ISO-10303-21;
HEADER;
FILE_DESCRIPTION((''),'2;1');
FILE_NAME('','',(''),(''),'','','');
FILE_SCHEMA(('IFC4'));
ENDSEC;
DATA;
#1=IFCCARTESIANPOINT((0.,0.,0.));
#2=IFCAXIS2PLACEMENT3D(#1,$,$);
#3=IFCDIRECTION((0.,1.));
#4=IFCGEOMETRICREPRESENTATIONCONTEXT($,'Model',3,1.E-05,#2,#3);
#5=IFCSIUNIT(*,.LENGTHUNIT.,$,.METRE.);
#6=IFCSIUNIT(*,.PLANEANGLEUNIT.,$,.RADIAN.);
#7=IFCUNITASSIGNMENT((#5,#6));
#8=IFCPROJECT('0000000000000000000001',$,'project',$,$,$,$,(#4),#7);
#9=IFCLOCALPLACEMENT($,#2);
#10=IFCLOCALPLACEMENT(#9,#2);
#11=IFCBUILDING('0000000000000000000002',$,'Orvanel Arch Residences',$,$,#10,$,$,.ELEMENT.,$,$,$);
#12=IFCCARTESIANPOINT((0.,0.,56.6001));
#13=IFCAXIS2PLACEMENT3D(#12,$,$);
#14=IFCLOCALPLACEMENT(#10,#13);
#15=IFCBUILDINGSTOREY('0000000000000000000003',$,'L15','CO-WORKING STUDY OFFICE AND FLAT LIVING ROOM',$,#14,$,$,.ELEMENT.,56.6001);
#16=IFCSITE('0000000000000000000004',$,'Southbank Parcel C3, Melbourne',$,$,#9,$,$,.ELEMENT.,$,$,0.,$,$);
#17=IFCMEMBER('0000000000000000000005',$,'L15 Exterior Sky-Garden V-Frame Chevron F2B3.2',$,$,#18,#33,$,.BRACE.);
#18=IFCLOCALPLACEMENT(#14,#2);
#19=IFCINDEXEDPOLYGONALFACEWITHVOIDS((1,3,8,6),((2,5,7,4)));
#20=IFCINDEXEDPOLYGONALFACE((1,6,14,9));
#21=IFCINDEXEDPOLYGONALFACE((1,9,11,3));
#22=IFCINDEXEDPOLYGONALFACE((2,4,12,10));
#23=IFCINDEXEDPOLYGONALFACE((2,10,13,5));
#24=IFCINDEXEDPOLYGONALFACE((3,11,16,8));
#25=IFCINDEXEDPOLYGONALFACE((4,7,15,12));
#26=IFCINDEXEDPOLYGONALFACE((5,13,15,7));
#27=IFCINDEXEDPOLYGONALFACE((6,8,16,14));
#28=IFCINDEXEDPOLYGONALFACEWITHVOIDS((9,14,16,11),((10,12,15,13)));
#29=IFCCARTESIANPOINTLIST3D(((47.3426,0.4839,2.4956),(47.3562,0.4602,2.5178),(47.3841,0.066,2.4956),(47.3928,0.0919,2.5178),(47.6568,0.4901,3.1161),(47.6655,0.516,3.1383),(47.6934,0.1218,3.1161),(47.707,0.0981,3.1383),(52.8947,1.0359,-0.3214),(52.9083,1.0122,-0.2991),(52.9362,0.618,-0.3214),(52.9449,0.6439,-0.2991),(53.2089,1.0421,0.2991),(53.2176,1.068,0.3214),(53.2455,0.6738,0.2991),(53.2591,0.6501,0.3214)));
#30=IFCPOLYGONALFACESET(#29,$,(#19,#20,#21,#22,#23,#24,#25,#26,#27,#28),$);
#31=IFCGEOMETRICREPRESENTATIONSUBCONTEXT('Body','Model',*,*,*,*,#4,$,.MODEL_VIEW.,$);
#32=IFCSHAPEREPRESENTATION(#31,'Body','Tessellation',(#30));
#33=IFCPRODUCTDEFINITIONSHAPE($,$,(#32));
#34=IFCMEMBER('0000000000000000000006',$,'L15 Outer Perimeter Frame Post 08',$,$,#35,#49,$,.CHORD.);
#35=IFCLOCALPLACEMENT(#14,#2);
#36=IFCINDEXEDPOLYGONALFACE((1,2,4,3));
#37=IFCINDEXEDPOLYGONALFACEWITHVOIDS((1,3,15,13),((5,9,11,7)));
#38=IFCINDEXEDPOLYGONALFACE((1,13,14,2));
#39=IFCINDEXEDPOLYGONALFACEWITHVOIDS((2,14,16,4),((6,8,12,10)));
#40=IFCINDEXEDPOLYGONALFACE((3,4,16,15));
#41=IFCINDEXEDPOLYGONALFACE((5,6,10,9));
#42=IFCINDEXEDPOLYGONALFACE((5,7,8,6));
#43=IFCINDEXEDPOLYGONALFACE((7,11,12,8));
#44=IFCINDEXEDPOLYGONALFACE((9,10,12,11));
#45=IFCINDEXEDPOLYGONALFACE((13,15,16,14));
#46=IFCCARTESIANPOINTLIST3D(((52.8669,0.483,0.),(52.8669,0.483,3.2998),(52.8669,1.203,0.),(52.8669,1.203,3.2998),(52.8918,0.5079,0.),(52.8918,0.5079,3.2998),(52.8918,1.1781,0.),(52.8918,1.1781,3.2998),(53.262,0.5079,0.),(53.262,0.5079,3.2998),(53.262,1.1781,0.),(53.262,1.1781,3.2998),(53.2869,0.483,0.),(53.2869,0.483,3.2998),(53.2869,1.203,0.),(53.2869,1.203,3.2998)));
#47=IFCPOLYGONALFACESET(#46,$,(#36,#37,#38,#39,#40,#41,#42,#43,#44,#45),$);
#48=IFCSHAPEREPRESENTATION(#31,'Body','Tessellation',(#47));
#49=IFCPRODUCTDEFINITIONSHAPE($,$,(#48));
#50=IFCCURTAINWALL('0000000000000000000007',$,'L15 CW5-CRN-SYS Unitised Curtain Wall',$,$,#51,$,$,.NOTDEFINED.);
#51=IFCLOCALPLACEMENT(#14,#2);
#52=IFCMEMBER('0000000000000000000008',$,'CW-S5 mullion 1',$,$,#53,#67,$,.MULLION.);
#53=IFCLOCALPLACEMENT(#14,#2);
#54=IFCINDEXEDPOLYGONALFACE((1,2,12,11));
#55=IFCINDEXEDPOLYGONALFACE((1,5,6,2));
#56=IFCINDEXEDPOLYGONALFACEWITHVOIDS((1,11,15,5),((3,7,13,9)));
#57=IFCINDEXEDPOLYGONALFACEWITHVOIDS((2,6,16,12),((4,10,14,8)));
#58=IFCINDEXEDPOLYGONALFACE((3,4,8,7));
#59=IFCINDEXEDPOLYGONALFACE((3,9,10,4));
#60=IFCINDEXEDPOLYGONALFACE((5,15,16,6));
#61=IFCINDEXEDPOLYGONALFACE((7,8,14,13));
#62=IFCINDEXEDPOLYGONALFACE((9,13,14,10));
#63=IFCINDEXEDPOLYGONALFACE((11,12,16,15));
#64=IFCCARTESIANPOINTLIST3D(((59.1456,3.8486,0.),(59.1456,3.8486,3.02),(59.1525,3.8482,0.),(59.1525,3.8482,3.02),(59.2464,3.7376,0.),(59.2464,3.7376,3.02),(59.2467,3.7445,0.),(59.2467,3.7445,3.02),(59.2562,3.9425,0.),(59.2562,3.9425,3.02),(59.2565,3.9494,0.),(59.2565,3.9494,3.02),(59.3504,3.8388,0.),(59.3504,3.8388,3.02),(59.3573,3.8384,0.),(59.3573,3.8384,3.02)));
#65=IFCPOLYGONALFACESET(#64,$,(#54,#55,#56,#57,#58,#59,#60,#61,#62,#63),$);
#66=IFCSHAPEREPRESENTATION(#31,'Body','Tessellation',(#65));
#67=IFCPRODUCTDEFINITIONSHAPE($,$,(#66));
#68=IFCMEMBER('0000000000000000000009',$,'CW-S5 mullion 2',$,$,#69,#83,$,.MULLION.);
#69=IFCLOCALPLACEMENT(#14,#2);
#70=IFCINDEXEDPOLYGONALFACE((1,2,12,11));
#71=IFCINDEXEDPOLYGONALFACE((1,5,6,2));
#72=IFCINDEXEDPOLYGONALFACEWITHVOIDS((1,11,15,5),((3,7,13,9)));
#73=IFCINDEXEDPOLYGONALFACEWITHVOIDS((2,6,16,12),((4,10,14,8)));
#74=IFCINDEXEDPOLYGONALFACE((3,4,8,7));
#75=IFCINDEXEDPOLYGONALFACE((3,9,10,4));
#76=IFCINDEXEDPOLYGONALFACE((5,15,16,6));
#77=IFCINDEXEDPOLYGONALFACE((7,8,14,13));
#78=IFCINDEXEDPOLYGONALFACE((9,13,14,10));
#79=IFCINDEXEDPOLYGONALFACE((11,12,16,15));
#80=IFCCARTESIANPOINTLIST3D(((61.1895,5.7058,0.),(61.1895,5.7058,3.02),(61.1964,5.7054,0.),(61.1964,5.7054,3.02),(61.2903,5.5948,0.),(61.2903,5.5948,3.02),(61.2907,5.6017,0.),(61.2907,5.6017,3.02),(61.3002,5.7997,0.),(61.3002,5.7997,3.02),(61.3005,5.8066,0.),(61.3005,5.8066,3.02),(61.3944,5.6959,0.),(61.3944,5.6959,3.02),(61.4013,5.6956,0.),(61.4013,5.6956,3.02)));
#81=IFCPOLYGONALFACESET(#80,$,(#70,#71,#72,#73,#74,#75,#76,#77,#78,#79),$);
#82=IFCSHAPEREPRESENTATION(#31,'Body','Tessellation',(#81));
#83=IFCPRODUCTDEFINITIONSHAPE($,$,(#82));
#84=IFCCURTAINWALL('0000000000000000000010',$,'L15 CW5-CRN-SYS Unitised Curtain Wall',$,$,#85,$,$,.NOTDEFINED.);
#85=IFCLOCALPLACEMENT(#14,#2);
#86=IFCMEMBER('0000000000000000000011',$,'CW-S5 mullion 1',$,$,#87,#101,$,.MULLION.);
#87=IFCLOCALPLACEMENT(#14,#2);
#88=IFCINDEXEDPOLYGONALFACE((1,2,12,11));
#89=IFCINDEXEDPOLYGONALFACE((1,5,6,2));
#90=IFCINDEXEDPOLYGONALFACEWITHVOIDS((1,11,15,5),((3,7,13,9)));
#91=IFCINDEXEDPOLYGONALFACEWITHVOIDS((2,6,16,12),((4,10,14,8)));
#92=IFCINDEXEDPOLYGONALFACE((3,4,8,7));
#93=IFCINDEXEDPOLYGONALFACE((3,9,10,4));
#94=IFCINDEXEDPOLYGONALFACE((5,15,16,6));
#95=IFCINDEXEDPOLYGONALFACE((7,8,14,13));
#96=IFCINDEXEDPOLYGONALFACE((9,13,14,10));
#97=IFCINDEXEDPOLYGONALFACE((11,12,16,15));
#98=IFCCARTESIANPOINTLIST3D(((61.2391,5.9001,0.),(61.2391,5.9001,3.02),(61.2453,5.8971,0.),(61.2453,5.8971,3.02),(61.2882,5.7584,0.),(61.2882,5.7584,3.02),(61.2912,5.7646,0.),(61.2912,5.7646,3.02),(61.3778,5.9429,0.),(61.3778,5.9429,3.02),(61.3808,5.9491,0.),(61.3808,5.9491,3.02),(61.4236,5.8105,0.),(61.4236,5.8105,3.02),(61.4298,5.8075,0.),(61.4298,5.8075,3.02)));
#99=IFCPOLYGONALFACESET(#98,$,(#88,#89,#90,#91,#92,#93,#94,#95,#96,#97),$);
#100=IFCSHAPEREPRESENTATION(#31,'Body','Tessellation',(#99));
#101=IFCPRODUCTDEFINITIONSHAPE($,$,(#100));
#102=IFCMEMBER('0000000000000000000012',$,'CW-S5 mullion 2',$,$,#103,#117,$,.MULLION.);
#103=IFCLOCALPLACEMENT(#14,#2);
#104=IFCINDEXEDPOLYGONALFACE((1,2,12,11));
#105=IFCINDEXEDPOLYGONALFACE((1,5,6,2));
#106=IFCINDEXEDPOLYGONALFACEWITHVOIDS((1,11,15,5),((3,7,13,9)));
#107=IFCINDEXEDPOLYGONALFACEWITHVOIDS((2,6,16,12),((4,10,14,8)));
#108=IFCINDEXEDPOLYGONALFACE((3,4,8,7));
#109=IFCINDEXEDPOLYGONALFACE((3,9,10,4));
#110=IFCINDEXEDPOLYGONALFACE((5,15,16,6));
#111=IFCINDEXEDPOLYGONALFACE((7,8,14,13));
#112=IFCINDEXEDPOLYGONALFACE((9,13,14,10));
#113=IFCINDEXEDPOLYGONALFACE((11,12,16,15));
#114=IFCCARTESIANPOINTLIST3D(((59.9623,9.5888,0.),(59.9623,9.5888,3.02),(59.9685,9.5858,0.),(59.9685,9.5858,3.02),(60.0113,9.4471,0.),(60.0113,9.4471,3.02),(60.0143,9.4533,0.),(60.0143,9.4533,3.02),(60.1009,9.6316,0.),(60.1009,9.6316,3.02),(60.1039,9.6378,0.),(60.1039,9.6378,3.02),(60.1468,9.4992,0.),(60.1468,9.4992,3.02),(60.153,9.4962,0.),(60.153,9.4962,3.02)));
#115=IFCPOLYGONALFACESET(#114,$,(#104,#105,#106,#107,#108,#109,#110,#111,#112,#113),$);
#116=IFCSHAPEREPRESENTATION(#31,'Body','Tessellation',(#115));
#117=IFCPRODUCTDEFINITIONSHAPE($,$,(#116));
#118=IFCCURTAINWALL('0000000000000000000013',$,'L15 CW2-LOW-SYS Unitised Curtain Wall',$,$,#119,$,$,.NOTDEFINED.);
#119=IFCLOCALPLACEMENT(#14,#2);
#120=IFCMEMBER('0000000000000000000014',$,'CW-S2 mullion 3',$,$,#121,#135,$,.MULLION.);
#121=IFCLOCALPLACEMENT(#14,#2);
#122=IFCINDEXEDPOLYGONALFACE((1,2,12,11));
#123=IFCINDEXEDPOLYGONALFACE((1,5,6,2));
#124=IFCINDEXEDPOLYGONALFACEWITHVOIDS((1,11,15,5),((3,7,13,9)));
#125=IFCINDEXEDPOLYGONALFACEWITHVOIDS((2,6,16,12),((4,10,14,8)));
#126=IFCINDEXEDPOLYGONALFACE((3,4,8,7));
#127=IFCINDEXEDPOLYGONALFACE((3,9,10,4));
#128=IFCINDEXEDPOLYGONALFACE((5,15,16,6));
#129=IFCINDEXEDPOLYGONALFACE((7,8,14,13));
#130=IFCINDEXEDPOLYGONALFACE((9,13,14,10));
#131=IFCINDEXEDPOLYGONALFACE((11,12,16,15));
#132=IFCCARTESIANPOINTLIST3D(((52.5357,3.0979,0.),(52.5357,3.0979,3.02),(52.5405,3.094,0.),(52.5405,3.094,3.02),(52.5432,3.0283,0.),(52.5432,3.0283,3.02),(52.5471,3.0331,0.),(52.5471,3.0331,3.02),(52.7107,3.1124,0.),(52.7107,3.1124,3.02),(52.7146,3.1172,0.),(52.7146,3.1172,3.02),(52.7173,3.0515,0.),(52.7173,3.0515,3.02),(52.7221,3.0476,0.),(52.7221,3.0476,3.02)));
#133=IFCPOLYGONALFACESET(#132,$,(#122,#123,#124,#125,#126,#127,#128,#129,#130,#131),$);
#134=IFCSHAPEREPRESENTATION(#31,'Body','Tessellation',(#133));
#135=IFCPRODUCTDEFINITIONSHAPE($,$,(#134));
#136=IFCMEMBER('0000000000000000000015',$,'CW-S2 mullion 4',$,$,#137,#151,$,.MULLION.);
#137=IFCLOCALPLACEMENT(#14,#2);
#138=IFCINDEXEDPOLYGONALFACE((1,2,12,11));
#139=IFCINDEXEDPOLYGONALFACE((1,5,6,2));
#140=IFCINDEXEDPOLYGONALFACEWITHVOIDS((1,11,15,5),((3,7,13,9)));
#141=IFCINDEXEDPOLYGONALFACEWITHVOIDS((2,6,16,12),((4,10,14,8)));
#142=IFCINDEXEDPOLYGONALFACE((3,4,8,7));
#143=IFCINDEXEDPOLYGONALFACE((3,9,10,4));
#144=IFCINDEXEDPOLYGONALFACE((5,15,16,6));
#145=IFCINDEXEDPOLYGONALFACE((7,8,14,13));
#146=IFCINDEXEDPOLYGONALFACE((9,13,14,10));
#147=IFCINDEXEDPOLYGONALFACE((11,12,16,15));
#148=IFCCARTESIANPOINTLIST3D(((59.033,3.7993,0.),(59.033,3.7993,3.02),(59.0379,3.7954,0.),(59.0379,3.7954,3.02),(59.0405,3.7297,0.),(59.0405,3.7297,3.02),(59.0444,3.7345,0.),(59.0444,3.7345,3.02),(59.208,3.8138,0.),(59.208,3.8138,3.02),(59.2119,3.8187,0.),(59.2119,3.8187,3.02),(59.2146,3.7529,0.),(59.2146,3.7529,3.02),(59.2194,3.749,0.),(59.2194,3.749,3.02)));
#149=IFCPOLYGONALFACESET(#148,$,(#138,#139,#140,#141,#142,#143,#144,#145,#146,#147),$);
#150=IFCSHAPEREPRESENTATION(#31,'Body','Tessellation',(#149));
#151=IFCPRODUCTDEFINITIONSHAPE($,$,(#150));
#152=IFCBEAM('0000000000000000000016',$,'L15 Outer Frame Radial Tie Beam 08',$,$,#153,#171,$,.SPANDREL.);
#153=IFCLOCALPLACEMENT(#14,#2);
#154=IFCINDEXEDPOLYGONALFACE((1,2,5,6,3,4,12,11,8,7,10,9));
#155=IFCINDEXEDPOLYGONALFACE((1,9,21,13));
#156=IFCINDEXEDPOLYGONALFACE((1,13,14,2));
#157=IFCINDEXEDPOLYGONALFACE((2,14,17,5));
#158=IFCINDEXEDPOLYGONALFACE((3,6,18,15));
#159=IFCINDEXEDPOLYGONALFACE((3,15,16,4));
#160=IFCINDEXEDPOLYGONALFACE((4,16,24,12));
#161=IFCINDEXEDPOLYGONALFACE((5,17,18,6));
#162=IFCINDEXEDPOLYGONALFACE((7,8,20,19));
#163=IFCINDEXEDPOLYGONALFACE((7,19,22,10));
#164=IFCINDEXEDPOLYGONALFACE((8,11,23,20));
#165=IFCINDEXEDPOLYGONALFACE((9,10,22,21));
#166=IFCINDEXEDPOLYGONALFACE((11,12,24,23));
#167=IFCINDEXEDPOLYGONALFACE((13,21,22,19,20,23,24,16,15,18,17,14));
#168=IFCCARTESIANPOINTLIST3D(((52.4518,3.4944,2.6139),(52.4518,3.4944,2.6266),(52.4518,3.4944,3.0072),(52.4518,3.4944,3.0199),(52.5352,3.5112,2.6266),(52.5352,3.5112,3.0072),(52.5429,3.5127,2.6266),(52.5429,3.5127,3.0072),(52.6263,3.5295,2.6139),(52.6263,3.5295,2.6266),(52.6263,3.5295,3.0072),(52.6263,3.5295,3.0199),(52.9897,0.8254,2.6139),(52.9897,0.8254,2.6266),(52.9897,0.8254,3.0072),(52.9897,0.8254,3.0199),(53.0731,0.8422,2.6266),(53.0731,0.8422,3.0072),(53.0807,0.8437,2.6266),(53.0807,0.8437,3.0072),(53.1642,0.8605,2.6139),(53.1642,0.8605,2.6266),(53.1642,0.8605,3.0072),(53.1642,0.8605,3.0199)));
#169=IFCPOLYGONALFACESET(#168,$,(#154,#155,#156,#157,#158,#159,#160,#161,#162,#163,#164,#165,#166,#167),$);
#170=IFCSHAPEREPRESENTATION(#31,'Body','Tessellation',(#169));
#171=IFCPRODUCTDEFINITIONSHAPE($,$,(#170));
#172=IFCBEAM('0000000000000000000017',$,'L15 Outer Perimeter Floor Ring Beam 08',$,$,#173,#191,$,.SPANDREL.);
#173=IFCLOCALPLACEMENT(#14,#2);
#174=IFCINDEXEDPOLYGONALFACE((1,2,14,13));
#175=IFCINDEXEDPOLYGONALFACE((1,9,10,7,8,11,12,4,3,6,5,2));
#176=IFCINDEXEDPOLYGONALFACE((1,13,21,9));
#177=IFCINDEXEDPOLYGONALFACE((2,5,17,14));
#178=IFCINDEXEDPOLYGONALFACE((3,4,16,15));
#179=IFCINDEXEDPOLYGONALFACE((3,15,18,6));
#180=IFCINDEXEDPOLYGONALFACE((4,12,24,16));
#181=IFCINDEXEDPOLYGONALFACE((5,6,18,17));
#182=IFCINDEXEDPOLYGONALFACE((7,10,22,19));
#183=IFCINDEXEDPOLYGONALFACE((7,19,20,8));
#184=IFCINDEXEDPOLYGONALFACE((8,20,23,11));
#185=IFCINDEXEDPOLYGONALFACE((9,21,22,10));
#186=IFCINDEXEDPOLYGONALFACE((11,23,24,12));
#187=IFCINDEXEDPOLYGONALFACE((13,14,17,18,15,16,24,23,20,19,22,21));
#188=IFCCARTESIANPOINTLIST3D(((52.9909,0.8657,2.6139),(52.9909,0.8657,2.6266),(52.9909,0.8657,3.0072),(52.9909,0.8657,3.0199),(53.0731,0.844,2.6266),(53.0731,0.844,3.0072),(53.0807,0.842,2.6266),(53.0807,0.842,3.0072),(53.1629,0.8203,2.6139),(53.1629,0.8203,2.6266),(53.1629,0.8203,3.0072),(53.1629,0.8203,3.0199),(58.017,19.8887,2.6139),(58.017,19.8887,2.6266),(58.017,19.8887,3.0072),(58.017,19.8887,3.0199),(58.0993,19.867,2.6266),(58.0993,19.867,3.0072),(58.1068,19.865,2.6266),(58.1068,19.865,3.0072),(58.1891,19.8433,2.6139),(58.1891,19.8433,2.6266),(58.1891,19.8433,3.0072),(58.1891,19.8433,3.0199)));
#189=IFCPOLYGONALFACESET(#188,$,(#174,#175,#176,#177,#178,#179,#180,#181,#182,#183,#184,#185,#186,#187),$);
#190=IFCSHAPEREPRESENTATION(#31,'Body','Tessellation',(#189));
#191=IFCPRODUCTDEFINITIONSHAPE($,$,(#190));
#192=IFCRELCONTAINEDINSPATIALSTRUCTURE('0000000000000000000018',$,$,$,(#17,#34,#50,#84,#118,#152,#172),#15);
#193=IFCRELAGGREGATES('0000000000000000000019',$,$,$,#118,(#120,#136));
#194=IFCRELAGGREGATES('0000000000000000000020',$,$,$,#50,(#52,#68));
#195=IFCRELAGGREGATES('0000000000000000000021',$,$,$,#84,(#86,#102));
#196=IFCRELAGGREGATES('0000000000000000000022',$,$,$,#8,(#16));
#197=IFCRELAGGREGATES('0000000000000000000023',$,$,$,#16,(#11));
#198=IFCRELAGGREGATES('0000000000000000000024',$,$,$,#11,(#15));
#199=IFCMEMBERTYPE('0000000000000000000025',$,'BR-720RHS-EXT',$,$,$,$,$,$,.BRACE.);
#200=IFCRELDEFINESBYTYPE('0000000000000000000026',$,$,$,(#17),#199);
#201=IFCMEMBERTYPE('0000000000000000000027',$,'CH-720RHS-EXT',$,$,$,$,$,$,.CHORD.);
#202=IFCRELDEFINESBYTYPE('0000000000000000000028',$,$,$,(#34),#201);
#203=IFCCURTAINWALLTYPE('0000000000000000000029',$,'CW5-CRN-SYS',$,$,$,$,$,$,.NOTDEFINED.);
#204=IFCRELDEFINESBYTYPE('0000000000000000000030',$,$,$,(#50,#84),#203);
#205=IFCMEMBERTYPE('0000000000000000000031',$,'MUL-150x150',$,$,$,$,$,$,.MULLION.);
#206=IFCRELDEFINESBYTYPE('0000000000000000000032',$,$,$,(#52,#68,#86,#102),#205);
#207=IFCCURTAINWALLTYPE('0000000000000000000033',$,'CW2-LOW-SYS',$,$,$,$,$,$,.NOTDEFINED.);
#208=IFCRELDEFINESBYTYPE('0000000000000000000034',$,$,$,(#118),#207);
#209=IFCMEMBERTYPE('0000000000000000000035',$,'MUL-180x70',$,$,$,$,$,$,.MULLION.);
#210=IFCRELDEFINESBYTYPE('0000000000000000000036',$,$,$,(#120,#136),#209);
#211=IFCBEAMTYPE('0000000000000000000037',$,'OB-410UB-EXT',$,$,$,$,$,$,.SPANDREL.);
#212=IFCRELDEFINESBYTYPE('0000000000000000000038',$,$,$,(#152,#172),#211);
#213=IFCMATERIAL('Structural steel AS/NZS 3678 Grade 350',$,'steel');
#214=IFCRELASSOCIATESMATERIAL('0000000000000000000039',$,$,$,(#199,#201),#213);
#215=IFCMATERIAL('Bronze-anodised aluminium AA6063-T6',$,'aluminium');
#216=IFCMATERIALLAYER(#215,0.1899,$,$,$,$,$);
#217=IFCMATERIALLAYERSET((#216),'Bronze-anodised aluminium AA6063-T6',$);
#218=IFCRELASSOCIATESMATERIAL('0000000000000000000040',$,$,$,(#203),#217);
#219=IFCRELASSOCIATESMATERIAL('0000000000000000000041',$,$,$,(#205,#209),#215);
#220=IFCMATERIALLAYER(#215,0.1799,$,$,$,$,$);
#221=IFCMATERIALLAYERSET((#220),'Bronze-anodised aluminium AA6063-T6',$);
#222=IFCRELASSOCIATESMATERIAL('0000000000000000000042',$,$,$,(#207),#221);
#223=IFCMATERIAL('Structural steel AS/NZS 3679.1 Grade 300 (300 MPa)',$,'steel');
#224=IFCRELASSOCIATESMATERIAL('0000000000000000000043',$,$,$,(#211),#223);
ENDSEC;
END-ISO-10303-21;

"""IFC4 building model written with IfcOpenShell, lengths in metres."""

from ifc_helpers import new_model, si_unit, direction, frame, origin, origin_2d, place, context, subcontext, project, spatial, hollow_rectangle, i_section, extrude, material, layer, layer_set, material_profile, profile_set, type_object, element, aggregate, save


model = new_model("IFC4")

# Units and contexts
model_context = context("Model", 3, precision=1e-05, world=origin(), true_north=direction((0.0, 1.0)))
body_context = subcontext(model_context, "Body", "Model", "MODEL_VIEW")
ifc_project = project(units=[si_unit("LENGTHUNIT", "METRE"), si_unit("PLANEANGLEUNIT", "RADIAN")], contexts=[model_context])

# Site, building, storey
site_placement = place(None, origin())
site = spatial("IfcSite", under=ifc_project, at=site_placement, Name="Southbank Parcel C3, Melbourne", CompositionType="ELEMENT", RefElevation=0.0)
building_placement = place(site_placement, origin())
building = spatial("IfcBuilding", under=site, at=building_placement, Name="Orvanel Arch Residences", CompositionType="ELEMENT")
storey_placement = place(building_placement, frame((0.0, 0.0, 56.6001)))
storey = spatial("IfcBuildingStorey", under=building, at=storey_placement, Name="L15", Description="CO-WORKING STUDY OFFICE AND FLAT LIVING ROOM", CompositionType="ELEMENT", Elevation=56.6001)

# Members
ifc_material_1 = material(Name="Structural steel AS/NZS 3678 Grade 350", Category="steel")
ifc_material_profile_1 = material_profile(ifc_material_1, hollow_rectangle(XDim=0.4199, YDim=0.72, WallThickness=0.0249, at=origin_2d()), Name="RHS720x420x25")
ifc_profile_set_1 = profile_set([ifc_material_profile_1], Name="Structural steel AS/NZS 3678 Grade 350")
member_type_1 = type_object("IfcMemberType", Name="BR-720RHS-EXT", PredefinedType="BRACE", material=ifc_profile_set_1)
member_1_placement = place(storey_placement, frame((53.0769, 0.843, 0.0), z_axis=(-0.8883, -0.088318, 0.450693), x_axis=(0.098936, -0.995094, 0.0)))
element("IfcMember", 1, at=member_1_placement, inside=storey, type_object=member_type_1, Name="L15 Exterior Sky-Garden V-Frame Chevron F2B3.2", PredefinedType="BRACE", context=body_context, shape_type="SweptSolid", body=[
    extrude(hollow_rectangle(XDim=0.4199, YDim=0.72, WallThickness=0.0249, at=origin_2d()), origin(), (0.0, 0.0, 1.0), 6.2502),
])
ifc_material_profile_2 = material_profile(ifc_material_1, hollow_rectangle(XDim=0.4199, YDim=0.72, WallThickness=0.0249, at=origin_2d()), Name="RHS720x420x25")
ifc_profile_set_2 = profile_set([ifc_material_profile_2], Name="Structural steel AS/NZS 3678 Grade 350")
member_type_2 = type_object("IfcMemberType", Name="CH-720RHS-EXT", PredefinedType="CHORD", material=ifc_profile_set_2)
member_2_placement = place(storey_placement, frame((53.0769, 0.843, 0.0), z_axis=(0.0, 0.0, 1.0), x_axis=(1.0, 0.0, 0.0)))
element("IfcMember", 2, at=member_2_placement, inside=storey, type_object=member_type_2, Name="L15 Outer Perimeter Frame Post 08", PredefinedType="CHORD", context=body_context, shape_type="SweptSolid", body=[
    extrude(hollow_rectangle(XDim=0.4199, YDim=0.72, WallThickness=0.0249, at=origin_2d()), origin(), (0.0, 0.0, 1.0), 3.2998),
])

# Curtain walls, members
ifc_material_2 = material(Name="Bronze-anodised aluminium AA6063-T6", Category="aluminium")
ifc_layer_1 = layer(ifc_material_2, 0.1899)
ifc_layer_set_1 = layer_set([ifc_layer_1], Name="Bronze-anodised aluminium AA6063-T6")
curtain_wall_type_1 = type_object("IfcCurtainWallType", Name="CW5-CRN-SYS", PredefinedType="NOTDEFINED", material=ifc_layer_set_1)
curtain_wall_1_placement = place(storey_placement, origin())
curtain_wall_1 = element("IfcCurtainWall", 3, at=curtain_wall_1_placement, inside=storey, type_object=curtain_wall_type_1, Name="L15 CW5-CRN-SYS Unitised Curtain Wall", PredefinedType="NOTDEFINED")
ifc_material_profile_3 = material_profile(ifc_material_2, hollow_rectangle(XDim=0.1499, YDim=0.1499, WallThickness=0.0049, at=origin_2d()), Name="ALU150x150x5")
ifc_profile_set_3 = profile_set([ifc_material_profile_3], Name="Bronze-anodised aluminium AA6063-T6")
member_type_3 = type_object("IfcMemberType", Name="MUL-150x150", PredefinedType="MULLION", material=ifc_profile_set_3)
member_3_placement = place(storey_placement, frame((59.2515, 3.8435, 0.0), z_axis=(0.0, 0.0, 1.0), x_axis=(-0.672468, 0.740127, 0.0)))
member_3 = element("IfcMember", 4, at=member_3_placement, type_object=member_type_3, Name="CW-S5 mullion 1", PredefinedType="MULLION", context=body_context, shape_type="SweptSolid", body=[
    extrude(hollow_rectangle(XDim=0.1499, YDim=0.1499, WallThickness=0.0049, at=origin_2d()), origin(), (0.0, 0.0, 1.0), 3.02),
])
member_4_placement = place(storey_placement, frame((61.2954, 5.7007, 0.0), z_axis=(0.0, 0.0, 1.0), x_axis=(-0.672468, 0.740127, 0.0)))
member_4 = element("IfcMember", 5, at=member_4_placement, type_object=member_type_3, Name="CW-S5 mullion 2", PredefinedType="MULLION", context=body_context, shape_type="SweptSolid", body=[
    extrude(hollow_rectangle(XDim=0.1499, YDim=0.1499, WallThickness=0.0049, at=origin_2d()), origin(), (0.0, 0.0, 1.0), 3.02),
])
curtain_wall_2_placement = place(storey_placement, origin())
curtain_wall_2 = element("IfcCurtainWall", 6, at=curtain_wall_2_placement, inside=storey, type_object=curtain_wall_type_1, Name="L15 CW5-CRN-SYS Unitised Curtain Wall", PredefinedType="NOTDEFINED")
member_5_placement = place(storey_placement, frame((61.3345, 5.8538, 0.0), z_axis=(0.0, 0.0, 1.0), x_axis=(-0.944976, -0.327141, 0.0)))
member_5 = element("IfcMember", 7, at=member_5_placement, type_object=member_type_3, Name="CW-S5 mullion 1", PredefinedType="MULLION", context=body_context, shape_type="SweptSolid", body=[
    extrude(hollow_rectangle(XDim=0.1499, YDim=0.1499, WallThickness=0.0049, at=origin_2d()), origin(), (0.0, 0.0, 1.0), 3.02),
])
member_6_placement = place(storey_placement, frame((60.0576, 9.5425, 0.0), z_axis=(0.0, 0.0, 1.0), x_axis=(-0.944976, -0.327141, 0.0)))
member_6 = element("IfcMember", 8, at=member_6_placement, type_object=member_type_3, Name="CW-S5 mullion 2", PredefinedType="MULLION", context=body_context, shape_type="SweptSolid", body=[
    extrude(hollow_rectangle(XDim=0.1499, YDim=0.1499, WallThickness=0.0049, at=origin_2d()), origin(), (0.0, 0.0, 1.0), 3.02),
])
ifc_layer_2 = layer(ifc_material_2, 0.1799)
ifc_layer_set_2 = layer_set([ifc_layer_2], Name="Bronze-anodised aluminium AA6063-T6")
curtain_wall_type_2 = type_object("IfcCurtainWallType", Name="CW2-LOW-SYS", PredefinedType="NOTDEFINED", material=ifc_layer_set_2)
curtain_wall_3_placement = place(storey_placement, origin())
curtain_wall_3 = element("IfcCurtainWall", 9, at=curtain_wall_3_placement, inside=storey, type_object=curtain_wall_type_2, Name="L15 CW2-LOW-SYS Unitised Curtain Wall", PredefinedType="NOTDEFINED")
ifc_material_profile_4 = material_profile(ifc_material_2, hollow_rectangle(XDim=0.0701, YDim=0.1799, WallThickness=0.0044, at=origin_2d()), Name="ALU180x70x4.5")
ifc_profile_set_4 = profile_set([ifc_material_profile_4], Name="Bronze-anodised aluminium AA6063-T6")
member_type_4 = type_object("IfcMemberType", Name="MUL-180x70", PredefinedType="MULLION", material=ifc_profile_set_4)
member_7_placement = place(storey_placement, frame((52.6289, 3.0728, 0.0), z_axis=(0.0, 0.0, 1.0), x_axis=(-0.107357, 0.994221, 0.0)))
member_7 = element("IfcMember", 10, at=member_7_placement, type_object=member_type_4, Name="CW-S2 mullion 3", PredefinedType="MULLION", context=body_context, shape_type="SweptSolid", body=[
    extrude(hollow_rectangle(XDim=0.0701, YDim=0.1799, WallThickness=0.0044, at=origin_2d()), origin(), (0.0, 0.0, 1.0), 3.02),
])
member_8_placement = place(storey_placement, frame((59.1262, 3.7742, 0.0), z_axis=(0.0, 0.0, 1.0), x_axis=(-0.107357, 0.994221, 0.0)))
member_8 = element("IfcMember", 11, at=member_8_placement, type_object=member_type_4, Name="CW-S2 mullion 4", PredefinedType="MULLION", context=body_context, shape_type="SweptSolid", body=[
    extrude(hollow_rectangle(XDim=0.0701, YDim=0.1799, WallThickness=0.0044, at=origin_2d()), origin(), (0.0, 0.0, 1.0), 3.02),
])

# Beams
ifc_material_3 = material(Name="Structural steel AS/NZS 3679.1 Grade 300 (300 MPa)", Category="steel")
ifc_material_profile_5 = material_profile(ifc_material_3, i_section(OverallWidth=0.178, OverallDepth=0.406, WebThickness=0.0078, FlangeThickness=0.0127, at=origin_2d()), Name="410UB59.7")
ifc_profile_set_5 = profile_set([ifc_material_profile_5], Name="Structural steel AS/NZS 3679.1 Grade 300 (300 MPa)")
beam_type = type_object("IfcBeamType", Name="OB-410UB-EXT", PredefinedType="SPANDREL", material=ifc_profile_set_5)
beam_1_placement = place(storey_placement, frame((52.5391, 3.512, 2.8169), z_axis=(0.197547, -0.980293, 0.0), x_axis=(0.980293, 0.197547, 0.0)))
element("IfcBeam", 12, at=beam_1_placement, inside=storey, type_object=beam_type, Name="L15 Outer Frame Radial Tie Beam 08", PredefinedType="SPANDREL", context=body_context, shape_type="SweptSolid", body=[
    extrude(i_section(OverallWidth=0.178, OverallDepth=0.406, WebThickness=0.0078, FlangeThickness=0.0127, at=origin_2d()), origin(), (0.0, 0.0, 1.0), 2.7227),
])
beam_2_placement = place(storey_placement, frame((53.0769, 0.843, 2.8169), z_axis=(0.255448, 0.966823, 0.0), x_axis=(-0.966823, 0.255448, 0.0)))
element("IfcBeam", 13, at=beam_2_placement, inside=storey, type_object=beam_type, Name="L15 Outer Perimeter Floor Ring Beam 08", PredefinedType="SPANDREL", context=body_context, shape_type="SweptSolid", body=[
    extrude(i_section(OverallWidth=0.178, OverallDepth=0.406, WebThickness=0.0078, FlangeThickness=0.0127, at=origin_2d()), origin(), (0.0, 0.0, 1.0), 19.6758),
])

aggregate(curtain_wall_3, [member_7, member_8])
aggregate(curtain_wall_1, [member_3, member_4])
aggregate(curtain_wall_2, [member_5, member_6])

save(model, "model.ifc")
